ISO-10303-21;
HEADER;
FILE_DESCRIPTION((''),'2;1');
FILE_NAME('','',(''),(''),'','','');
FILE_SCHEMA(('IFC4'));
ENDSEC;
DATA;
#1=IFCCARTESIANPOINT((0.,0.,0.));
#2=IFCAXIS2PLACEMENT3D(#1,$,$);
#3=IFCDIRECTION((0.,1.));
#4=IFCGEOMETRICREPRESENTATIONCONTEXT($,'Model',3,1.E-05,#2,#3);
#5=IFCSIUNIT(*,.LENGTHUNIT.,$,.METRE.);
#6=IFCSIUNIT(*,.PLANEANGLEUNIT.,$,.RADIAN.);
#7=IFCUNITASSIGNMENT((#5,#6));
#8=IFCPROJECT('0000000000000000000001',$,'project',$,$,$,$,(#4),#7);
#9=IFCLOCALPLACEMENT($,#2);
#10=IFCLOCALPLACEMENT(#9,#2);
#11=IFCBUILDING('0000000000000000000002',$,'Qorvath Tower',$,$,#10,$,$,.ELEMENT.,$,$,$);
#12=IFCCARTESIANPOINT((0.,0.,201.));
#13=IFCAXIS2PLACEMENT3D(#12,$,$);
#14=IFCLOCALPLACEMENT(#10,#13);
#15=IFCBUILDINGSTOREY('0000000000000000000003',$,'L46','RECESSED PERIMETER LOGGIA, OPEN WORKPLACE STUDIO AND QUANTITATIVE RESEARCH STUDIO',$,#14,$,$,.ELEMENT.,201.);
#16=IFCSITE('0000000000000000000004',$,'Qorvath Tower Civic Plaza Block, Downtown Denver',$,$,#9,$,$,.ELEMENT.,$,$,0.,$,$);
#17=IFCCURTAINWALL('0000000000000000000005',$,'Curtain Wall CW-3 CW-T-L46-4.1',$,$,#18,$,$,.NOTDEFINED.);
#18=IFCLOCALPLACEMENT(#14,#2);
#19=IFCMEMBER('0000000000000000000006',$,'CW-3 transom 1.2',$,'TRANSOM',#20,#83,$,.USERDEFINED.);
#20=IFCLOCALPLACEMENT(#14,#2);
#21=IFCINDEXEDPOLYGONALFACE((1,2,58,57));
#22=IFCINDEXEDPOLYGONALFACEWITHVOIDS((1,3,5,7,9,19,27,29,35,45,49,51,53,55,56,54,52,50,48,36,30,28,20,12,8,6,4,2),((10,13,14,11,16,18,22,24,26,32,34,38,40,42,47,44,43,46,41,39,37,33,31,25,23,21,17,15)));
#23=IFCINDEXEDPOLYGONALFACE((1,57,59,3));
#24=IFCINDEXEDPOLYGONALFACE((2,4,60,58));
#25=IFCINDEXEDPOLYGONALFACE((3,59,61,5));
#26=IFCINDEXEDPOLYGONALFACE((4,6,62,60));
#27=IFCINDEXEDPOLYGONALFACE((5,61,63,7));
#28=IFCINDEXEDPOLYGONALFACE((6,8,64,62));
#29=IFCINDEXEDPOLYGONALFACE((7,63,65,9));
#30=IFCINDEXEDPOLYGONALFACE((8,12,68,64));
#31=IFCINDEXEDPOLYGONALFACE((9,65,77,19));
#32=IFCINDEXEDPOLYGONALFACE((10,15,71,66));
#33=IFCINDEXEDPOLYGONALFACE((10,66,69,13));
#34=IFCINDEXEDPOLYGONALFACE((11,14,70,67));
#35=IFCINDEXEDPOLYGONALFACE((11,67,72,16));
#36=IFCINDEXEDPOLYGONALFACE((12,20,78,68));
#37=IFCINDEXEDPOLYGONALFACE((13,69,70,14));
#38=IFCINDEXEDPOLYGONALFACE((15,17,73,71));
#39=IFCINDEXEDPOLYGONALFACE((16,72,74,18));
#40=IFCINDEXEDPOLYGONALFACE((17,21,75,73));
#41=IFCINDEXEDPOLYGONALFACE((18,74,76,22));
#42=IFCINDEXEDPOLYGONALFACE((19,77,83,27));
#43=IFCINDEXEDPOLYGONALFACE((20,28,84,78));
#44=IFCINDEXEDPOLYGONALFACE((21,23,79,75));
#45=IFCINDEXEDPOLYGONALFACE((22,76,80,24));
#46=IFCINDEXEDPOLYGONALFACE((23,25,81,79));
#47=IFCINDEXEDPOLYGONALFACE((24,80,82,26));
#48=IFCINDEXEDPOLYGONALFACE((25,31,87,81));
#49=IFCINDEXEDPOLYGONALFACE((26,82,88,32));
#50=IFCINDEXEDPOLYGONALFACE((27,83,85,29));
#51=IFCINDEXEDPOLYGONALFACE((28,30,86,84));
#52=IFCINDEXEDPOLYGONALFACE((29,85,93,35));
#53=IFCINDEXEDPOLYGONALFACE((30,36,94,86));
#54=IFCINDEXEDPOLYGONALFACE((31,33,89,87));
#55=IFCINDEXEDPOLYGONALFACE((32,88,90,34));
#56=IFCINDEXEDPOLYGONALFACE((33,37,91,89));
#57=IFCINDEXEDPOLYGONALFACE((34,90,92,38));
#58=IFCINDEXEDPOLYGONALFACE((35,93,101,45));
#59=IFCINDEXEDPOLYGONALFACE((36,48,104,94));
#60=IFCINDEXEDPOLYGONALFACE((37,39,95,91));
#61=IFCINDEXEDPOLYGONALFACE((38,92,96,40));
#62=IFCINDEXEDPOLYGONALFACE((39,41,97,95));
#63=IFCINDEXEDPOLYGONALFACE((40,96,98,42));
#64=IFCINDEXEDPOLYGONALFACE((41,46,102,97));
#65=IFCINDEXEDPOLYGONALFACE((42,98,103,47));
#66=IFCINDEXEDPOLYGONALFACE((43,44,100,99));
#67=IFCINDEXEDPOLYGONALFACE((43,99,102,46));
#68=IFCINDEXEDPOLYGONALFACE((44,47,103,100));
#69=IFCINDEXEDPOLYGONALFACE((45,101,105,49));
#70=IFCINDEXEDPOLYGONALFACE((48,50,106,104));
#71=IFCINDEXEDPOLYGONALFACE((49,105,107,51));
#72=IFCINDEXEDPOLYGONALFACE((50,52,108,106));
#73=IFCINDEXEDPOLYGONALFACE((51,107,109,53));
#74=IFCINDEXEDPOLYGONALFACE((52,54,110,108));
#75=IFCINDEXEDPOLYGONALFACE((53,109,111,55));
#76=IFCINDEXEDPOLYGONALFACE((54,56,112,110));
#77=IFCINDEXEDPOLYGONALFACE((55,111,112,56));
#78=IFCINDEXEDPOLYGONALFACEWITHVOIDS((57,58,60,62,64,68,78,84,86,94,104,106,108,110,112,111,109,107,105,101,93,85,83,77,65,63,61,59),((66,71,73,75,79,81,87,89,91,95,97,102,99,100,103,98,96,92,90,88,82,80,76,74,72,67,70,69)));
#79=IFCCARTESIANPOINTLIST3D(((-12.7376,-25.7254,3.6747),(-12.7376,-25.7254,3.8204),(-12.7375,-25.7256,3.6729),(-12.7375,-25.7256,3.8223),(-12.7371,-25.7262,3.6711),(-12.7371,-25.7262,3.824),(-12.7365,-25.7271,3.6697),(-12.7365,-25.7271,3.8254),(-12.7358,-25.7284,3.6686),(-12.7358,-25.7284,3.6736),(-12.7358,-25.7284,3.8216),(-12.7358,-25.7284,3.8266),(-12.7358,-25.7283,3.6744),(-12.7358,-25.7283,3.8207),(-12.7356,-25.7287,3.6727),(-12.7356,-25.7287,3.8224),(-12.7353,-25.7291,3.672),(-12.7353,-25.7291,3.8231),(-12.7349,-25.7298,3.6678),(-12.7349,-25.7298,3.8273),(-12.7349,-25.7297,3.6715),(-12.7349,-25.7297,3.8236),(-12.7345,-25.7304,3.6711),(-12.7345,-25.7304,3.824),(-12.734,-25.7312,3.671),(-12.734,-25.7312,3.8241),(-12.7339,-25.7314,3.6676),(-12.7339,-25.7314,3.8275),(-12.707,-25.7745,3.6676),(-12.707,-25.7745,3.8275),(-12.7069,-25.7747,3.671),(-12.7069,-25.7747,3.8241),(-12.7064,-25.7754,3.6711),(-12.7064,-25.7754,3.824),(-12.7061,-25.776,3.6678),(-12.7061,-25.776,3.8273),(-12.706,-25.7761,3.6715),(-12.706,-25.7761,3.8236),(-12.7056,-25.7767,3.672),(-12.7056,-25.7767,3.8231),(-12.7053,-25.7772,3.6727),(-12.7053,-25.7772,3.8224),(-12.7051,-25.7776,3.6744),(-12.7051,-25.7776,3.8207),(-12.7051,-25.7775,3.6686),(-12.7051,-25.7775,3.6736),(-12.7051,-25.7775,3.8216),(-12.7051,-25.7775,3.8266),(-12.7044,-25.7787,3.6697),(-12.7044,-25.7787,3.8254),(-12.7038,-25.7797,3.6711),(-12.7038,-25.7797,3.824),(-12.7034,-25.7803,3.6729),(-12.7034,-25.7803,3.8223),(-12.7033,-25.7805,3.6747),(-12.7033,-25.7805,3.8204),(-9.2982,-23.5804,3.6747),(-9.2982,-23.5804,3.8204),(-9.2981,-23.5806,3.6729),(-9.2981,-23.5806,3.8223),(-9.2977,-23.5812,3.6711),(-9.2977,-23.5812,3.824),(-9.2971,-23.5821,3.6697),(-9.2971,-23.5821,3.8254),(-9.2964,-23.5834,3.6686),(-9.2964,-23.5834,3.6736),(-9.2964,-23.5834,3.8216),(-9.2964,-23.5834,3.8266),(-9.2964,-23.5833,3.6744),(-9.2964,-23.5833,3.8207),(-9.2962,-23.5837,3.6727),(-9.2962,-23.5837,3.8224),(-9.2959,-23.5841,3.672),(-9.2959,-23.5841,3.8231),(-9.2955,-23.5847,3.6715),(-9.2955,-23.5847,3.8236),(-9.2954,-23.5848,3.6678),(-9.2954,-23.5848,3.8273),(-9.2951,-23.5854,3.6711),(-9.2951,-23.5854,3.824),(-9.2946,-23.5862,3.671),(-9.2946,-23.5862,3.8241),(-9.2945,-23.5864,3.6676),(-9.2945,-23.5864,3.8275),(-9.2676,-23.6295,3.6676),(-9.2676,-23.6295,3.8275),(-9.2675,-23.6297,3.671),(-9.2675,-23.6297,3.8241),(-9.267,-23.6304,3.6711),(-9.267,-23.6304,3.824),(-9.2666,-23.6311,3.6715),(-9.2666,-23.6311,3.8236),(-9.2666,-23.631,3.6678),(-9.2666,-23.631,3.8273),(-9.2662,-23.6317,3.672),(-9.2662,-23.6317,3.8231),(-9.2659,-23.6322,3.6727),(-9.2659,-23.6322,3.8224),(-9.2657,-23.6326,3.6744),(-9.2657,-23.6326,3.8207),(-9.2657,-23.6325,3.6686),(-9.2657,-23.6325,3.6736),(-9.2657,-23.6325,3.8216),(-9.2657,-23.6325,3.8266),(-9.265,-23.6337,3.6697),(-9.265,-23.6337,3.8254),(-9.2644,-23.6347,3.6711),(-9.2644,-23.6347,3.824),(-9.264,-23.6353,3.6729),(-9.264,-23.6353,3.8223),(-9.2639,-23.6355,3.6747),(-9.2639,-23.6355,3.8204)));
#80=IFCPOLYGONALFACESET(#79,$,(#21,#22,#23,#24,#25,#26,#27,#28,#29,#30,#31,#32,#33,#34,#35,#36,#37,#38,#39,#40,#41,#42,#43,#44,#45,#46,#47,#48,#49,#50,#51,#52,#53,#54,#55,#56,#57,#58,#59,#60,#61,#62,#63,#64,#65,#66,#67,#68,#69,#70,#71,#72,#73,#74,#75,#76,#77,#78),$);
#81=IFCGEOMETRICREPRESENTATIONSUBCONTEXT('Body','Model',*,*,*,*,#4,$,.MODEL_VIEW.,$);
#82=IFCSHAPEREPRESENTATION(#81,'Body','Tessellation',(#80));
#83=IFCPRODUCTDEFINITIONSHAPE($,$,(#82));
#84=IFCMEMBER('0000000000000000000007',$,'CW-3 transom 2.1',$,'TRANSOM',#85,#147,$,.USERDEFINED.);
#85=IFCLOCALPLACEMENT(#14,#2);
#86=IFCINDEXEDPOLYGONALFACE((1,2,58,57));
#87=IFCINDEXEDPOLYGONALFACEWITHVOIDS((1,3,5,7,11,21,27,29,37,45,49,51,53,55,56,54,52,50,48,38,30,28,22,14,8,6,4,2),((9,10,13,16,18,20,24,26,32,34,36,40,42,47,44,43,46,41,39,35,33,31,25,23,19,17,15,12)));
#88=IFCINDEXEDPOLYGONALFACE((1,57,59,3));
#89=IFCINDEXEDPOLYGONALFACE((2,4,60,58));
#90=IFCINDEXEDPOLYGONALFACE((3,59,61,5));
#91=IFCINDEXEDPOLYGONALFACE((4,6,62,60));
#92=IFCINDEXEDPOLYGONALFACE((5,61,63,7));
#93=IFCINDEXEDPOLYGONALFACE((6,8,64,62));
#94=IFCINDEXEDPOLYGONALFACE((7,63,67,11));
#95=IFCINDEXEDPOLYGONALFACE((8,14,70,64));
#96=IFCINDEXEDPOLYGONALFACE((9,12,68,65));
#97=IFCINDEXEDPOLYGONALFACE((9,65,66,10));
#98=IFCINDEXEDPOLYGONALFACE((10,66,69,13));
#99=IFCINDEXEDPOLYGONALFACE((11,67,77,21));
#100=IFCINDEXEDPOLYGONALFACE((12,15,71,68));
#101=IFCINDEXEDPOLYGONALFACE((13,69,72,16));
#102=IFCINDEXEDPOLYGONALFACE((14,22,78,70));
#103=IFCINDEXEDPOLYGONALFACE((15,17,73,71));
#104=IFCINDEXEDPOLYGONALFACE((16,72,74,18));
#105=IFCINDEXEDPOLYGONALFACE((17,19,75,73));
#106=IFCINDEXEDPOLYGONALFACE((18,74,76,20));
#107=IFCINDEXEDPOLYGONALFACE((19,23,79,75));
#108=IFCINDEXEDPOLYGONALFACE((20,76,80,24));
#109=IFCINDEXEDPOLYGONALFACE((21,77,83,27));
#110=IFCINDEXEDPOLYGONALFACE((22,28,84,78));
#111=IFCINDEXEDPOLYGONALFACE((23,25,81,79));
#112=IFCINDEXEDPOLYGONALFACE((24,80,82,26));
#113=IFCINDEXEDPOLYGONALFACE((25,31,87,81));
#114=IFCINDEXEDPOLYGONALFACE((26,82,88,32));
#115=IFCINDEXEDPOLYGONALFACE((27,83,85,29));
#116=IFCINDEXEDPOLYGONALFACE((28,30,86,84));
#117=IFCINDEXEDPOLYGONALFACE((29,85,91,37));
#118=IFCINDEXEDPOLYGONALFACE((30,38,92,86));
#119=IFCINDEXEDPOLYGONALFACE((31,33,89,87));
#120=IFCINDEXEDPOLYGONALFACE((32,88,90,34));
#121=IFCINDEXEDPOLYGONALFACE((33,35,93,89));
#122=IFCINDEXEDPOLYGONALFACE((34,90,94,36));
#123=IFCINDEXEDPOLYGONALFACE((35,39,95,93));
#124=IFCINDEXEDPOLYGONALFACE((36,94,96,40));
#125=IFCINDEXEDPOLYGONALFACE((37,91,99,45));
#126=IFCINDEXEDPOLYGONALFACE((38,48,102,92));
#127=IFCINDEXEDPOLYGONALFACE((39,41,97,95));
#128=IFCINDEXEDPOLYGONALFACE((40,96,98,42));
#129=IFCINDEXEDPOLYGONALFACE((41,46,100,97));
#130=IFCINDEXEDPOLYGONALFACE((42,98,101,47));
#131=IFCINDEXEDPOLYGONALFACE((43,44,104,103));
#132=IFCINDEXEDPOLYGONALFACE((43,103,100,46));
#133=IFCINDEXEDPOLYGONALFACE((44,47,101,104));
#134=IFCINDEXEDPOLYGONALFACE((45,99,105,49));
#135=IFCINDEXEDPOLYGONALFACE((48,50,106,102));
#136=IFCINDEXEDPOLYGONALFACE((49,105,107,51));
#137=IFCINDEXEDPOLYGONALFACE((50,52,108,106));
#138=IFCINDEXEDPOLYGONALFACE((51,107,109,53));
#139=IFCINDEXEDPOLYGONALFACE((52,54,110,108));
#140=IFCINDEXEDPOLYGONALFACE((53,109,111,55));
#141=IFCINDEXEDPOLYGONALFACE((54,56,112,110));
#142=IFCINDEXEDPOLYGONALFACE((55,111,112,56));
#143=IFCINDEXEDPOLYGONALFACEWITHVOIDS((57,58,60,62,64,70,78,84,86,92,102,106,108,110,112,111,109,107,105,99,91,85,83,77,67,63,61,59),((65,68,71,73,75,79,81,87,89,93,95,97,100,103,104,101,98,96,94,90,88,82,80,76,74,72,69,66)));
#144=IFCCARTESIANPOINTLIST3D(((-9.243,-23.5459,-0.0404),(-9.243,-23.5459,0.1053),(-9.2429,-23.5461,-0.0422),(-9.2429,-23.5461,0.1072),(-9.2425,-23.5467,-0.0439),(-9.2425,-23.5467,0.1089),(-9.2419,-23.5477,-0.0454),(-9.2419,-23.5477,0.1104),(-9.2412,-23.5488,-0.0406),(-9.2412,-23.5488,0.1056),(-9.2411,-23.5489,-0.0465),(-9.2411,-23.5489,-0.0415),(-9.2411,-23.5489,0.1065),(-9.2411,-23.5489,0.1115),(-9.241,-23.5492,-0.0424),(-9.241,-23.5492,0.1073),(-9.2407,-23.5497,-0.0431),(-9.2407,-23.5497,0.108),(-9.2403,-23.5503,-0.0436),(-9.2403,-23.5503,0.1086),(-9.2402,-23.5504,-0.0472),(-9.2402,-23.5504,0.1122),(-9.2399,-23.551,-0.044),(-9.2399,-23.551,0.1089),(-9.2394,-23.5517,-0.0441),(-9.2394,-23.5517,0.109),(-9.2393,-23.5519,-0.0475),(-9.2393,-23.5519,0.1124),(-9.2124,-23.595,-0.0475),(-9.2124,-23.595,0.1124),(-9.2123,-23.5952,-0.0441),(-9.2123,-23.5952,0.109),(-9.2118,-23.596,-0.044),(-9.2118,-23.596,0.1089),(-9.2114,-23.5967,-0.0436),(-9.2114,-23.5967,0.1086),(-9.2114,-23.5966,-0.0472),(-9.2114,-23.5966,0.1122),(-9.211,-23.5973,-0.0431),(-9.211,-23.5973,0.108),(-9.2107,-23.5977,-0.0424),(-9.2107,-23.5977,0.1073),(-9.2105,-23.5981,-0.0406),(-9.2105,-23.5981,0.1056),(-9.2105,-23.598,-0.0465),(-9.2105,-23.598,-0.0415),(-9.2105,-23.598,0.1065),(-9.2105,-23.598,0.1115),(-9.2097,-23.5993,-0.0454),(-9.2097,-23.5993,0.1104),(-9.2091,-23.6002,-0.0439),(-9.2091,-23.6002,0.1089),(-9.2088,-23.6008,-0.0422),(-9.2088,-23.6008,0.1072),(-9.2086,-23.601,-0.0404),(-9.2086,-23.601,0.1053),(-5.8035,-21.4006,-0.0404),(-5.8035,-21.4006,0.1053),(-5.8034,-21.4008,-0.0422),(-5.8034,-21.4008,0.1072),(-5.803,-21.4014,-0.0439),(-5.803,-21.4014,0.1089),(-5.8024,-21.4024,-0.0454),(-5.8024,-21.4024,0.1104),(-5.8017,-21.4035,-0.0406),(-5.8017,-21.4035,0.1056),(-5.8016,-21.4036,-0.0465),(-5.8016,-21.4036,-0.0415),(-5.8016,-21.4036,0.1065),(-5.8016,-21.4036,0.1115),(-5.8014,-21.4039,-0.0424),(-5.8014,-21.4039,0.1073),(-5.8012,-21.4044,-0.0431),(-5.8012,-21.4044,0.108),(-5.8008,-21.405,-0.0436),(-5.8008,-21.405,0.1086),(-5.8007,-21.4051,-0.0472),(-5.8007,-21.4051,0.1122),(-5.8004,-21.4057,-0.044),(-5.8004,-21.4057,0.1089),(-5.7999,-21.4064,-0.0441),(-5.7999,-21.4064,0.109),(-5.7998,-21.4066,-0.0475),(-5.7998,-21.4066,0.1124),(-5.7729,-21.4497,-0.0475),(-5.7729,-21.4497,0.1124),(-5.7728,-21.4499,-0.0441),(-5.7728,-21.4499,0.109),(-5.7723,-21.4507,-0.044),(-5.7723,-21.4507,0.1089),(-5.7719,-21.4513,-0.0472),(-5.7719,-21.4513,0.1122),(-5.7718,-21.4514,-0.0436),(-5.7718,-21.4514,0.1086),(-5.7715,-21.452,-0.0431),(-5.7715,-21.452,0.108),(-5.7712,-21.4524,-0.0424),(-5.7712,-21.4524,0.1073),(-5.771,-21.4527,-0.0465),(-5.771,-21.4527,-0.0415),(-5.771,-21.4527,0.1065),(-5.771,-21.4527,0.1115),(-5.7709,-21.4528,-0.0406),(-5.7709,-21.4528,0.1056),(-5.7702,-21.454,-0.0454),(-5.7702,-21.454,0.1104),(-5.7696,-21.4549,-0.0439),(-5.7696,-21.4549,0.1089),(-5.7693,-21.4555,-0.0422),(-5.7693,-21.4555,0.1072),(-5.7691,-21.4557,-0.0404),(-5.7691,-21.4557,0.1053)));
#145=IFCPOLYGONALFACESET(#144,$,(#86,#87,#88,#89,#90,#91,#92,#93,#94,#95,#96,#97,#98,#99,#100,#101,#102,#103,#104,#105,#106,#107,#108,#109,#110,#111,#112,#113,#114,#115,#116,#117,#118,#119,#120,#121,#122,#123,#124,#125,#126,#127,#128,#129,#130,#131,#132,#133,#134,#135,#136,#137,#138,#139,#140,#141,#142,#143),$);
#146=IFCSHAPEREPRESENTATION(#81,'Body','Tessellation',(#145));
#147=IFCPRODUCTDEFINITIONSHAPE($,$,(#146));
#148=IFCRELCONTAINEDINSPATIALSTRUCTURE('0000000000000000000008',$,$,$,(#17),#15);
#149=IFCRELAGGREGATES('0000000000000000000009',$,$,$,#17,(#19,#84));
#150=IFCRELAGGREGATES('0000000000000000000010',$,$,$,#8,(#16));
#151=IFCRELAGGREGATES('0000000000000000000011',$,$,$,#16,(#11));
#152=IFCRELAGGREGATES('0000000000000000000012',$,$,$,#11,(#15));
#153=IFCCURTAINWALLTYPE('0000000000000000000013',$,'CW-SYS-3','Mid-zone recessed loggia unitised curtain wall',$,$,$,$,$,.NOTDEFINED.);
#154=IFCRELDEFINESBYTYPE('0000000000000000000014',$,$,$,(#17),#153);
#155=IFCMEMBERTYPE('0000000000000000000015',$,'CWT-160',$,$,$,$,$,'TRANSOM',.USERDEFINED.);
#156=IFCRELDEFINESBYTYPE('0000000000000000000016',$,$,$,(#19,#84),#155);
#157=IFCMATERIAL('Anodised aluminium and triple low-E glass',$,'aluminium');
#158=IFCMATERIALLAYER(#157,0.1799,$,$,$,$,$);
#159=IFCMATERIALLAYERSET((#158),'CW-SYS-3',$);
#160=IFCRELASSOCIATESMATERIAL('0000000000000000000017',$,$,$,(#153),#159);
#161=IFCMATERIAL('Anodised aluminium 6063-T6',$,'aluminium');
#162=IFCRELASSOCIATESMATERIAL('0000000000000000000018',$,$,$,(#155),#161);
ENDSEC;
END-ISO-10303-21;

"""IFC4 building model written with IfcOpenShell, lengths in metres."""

from ifc_helpers import new_model, si_unit, direction, frame, origin, origin_2d, place, context, subcontext, project, spatial, hollow_rectangle, extrude, material, layer, layer_set, material_profile, profile_set, type_object, element, aggregate, save


model = new_model("IFC4")

# Units and contexts
model_context = context("Model", 3, precision=1e-05, world=origin(), true_north=direction((0.0, 1.0)))
body_context = subcontext(model_context, "Body", "Model", "MODEL_VIEW")
ifc_project = project(units=[si_unit("LENGTHUNIT", "METRE"), si_unit("PLANEANGLEUNIT", "RADIAN")], contexts=[model_context])

# Site, building, storey
site_placement = place(None, origin())
site = spatial("IfcSite", under=ifc_project, at=site_placement, Name="Qorvath Tower Civic Plaza Block, Downtown Denver", CompositionType="ELEMENT", RefElevation=0.0)
building_placement = place(site_placement, origin())
building = spatial("IfcBuilding", under=site, at=building_placement, Name="Qorvath Tower", CompositionType="ELEMENT")
storey_placement = place(building_placement, frame((0.0, 0.0, 201.0)))
storey = spatial("IfcBuildingStorey", under=building, at=storey_placement, Name="L46", Description="RECESSED PERIMETER LOGGIA, OPEN WORKPLACE STUDIO AND QUANTITATIVE RESEARCH STUDIO", CompositionType="ELEMENT", Elevation=201.0)

# Curtain wall
ifc_material_1 = material(Name="Anodised aluminium and triple low-E glass", Category="aluminium")
ifc_layer_1 = layer(ifc_material_1, 0.1799)
ifc_layer_set_1 = layer_set([ifc_layer_1], Name="CW-SYS-3")
curtain_wall_type = type_object("IfcCurtainWallType", Name="CW-SYS-3", Description="Mid-zone recessed loggia unitised curtain wall", PredefinedType="NOTDEFINED", material=ifc_layer_set_1)
curtain_wall_1_placement = place(storey_placement, origin())
curtain_wall_1 = element("IfcCurtainWall", 1, at=curtain_wall_1_placement, inside=storey, type_object=curtain_wall_type, Name="Curtain Wall CW-3 CW-T-L46-4.1", PredefinedType="NOTDEFINED")

# Members
ifc_material_2 = material(Name="Anodised aluminium 6063-T6", Category="aluminium")
ifc_material_profile_1 = material_profile(ifc_material_2, hollow_rectangle(XDim=0.0649, YDim=0.1599, WallThickness=0.0034, InnerFilletRadius=0.0034, OuterFilletRadius=0.0071, at=origin_2d()), Name="CWT 160x65")
ifc_profile_set_1 = profile_set([ifc_material_profile_1], Name="Anodised aluminium 6063-T6")
member_type_1 = type_object("IfcMemberType", Name="CWT-160", ElementType="TRANSOM", PredefinedType="USERDEFINED", material=ifc_profile_set_1)
member_1_placement = place(storey_placement, frame((-12.7205, -25.7529, 3.7476), z_axis=(0.848512, 0.529176, 0.0), x_axis=(-0.529176, 0.848512, 0.0)))
member_1 = element("IfcMember", 2, at=member_1_placement, type_object=member_type_1, Name="CW-3 transom 1.2", ObjectType="TRANSOM", PredefinedType="USERDEFINED", context=body_context, shape_type="SweptSolid", body=[
    extrude(hollow_rectangle(XDim=0.0649, YDim=0.1599, WallThickness=0.0034, InnerFilletRadius=0.0034, OuterFilletRadius=0.0071, at=origin_2d()), origin(), (0.0, 0.0, 1.0), 4.0535),
])
member_2_placement = place(storey_placement, frame((-9.2258, -23.5735, 0.0325), z_axis=(0.848485, 0.529219, 0.0), x_axis=(-0.529219, 0.848485, 0.0)))
member_2 = element("IfcMember", 3, at=member_2_placement, type_object=member_type_1, Name="CW-3 transom 2.1", ObjectType="TRANSOM", PredefinedType="USERDEFINED", context=body_context, shape_type="SweptSolid", body=[
    extrude(hollow_rectangle(XDim=0.0649, YDim=0.1599, WallThickness=0.0034, InnerFilletRadius=0.0034, OuterFilletRadius=0.0071, at=origin_2d()), origin(), (0.0, 0.0, 1.0), 4.0537),
])

aggregate(curtain_wall_1, [member_1, member_2])

save(model, "model.ifc")
